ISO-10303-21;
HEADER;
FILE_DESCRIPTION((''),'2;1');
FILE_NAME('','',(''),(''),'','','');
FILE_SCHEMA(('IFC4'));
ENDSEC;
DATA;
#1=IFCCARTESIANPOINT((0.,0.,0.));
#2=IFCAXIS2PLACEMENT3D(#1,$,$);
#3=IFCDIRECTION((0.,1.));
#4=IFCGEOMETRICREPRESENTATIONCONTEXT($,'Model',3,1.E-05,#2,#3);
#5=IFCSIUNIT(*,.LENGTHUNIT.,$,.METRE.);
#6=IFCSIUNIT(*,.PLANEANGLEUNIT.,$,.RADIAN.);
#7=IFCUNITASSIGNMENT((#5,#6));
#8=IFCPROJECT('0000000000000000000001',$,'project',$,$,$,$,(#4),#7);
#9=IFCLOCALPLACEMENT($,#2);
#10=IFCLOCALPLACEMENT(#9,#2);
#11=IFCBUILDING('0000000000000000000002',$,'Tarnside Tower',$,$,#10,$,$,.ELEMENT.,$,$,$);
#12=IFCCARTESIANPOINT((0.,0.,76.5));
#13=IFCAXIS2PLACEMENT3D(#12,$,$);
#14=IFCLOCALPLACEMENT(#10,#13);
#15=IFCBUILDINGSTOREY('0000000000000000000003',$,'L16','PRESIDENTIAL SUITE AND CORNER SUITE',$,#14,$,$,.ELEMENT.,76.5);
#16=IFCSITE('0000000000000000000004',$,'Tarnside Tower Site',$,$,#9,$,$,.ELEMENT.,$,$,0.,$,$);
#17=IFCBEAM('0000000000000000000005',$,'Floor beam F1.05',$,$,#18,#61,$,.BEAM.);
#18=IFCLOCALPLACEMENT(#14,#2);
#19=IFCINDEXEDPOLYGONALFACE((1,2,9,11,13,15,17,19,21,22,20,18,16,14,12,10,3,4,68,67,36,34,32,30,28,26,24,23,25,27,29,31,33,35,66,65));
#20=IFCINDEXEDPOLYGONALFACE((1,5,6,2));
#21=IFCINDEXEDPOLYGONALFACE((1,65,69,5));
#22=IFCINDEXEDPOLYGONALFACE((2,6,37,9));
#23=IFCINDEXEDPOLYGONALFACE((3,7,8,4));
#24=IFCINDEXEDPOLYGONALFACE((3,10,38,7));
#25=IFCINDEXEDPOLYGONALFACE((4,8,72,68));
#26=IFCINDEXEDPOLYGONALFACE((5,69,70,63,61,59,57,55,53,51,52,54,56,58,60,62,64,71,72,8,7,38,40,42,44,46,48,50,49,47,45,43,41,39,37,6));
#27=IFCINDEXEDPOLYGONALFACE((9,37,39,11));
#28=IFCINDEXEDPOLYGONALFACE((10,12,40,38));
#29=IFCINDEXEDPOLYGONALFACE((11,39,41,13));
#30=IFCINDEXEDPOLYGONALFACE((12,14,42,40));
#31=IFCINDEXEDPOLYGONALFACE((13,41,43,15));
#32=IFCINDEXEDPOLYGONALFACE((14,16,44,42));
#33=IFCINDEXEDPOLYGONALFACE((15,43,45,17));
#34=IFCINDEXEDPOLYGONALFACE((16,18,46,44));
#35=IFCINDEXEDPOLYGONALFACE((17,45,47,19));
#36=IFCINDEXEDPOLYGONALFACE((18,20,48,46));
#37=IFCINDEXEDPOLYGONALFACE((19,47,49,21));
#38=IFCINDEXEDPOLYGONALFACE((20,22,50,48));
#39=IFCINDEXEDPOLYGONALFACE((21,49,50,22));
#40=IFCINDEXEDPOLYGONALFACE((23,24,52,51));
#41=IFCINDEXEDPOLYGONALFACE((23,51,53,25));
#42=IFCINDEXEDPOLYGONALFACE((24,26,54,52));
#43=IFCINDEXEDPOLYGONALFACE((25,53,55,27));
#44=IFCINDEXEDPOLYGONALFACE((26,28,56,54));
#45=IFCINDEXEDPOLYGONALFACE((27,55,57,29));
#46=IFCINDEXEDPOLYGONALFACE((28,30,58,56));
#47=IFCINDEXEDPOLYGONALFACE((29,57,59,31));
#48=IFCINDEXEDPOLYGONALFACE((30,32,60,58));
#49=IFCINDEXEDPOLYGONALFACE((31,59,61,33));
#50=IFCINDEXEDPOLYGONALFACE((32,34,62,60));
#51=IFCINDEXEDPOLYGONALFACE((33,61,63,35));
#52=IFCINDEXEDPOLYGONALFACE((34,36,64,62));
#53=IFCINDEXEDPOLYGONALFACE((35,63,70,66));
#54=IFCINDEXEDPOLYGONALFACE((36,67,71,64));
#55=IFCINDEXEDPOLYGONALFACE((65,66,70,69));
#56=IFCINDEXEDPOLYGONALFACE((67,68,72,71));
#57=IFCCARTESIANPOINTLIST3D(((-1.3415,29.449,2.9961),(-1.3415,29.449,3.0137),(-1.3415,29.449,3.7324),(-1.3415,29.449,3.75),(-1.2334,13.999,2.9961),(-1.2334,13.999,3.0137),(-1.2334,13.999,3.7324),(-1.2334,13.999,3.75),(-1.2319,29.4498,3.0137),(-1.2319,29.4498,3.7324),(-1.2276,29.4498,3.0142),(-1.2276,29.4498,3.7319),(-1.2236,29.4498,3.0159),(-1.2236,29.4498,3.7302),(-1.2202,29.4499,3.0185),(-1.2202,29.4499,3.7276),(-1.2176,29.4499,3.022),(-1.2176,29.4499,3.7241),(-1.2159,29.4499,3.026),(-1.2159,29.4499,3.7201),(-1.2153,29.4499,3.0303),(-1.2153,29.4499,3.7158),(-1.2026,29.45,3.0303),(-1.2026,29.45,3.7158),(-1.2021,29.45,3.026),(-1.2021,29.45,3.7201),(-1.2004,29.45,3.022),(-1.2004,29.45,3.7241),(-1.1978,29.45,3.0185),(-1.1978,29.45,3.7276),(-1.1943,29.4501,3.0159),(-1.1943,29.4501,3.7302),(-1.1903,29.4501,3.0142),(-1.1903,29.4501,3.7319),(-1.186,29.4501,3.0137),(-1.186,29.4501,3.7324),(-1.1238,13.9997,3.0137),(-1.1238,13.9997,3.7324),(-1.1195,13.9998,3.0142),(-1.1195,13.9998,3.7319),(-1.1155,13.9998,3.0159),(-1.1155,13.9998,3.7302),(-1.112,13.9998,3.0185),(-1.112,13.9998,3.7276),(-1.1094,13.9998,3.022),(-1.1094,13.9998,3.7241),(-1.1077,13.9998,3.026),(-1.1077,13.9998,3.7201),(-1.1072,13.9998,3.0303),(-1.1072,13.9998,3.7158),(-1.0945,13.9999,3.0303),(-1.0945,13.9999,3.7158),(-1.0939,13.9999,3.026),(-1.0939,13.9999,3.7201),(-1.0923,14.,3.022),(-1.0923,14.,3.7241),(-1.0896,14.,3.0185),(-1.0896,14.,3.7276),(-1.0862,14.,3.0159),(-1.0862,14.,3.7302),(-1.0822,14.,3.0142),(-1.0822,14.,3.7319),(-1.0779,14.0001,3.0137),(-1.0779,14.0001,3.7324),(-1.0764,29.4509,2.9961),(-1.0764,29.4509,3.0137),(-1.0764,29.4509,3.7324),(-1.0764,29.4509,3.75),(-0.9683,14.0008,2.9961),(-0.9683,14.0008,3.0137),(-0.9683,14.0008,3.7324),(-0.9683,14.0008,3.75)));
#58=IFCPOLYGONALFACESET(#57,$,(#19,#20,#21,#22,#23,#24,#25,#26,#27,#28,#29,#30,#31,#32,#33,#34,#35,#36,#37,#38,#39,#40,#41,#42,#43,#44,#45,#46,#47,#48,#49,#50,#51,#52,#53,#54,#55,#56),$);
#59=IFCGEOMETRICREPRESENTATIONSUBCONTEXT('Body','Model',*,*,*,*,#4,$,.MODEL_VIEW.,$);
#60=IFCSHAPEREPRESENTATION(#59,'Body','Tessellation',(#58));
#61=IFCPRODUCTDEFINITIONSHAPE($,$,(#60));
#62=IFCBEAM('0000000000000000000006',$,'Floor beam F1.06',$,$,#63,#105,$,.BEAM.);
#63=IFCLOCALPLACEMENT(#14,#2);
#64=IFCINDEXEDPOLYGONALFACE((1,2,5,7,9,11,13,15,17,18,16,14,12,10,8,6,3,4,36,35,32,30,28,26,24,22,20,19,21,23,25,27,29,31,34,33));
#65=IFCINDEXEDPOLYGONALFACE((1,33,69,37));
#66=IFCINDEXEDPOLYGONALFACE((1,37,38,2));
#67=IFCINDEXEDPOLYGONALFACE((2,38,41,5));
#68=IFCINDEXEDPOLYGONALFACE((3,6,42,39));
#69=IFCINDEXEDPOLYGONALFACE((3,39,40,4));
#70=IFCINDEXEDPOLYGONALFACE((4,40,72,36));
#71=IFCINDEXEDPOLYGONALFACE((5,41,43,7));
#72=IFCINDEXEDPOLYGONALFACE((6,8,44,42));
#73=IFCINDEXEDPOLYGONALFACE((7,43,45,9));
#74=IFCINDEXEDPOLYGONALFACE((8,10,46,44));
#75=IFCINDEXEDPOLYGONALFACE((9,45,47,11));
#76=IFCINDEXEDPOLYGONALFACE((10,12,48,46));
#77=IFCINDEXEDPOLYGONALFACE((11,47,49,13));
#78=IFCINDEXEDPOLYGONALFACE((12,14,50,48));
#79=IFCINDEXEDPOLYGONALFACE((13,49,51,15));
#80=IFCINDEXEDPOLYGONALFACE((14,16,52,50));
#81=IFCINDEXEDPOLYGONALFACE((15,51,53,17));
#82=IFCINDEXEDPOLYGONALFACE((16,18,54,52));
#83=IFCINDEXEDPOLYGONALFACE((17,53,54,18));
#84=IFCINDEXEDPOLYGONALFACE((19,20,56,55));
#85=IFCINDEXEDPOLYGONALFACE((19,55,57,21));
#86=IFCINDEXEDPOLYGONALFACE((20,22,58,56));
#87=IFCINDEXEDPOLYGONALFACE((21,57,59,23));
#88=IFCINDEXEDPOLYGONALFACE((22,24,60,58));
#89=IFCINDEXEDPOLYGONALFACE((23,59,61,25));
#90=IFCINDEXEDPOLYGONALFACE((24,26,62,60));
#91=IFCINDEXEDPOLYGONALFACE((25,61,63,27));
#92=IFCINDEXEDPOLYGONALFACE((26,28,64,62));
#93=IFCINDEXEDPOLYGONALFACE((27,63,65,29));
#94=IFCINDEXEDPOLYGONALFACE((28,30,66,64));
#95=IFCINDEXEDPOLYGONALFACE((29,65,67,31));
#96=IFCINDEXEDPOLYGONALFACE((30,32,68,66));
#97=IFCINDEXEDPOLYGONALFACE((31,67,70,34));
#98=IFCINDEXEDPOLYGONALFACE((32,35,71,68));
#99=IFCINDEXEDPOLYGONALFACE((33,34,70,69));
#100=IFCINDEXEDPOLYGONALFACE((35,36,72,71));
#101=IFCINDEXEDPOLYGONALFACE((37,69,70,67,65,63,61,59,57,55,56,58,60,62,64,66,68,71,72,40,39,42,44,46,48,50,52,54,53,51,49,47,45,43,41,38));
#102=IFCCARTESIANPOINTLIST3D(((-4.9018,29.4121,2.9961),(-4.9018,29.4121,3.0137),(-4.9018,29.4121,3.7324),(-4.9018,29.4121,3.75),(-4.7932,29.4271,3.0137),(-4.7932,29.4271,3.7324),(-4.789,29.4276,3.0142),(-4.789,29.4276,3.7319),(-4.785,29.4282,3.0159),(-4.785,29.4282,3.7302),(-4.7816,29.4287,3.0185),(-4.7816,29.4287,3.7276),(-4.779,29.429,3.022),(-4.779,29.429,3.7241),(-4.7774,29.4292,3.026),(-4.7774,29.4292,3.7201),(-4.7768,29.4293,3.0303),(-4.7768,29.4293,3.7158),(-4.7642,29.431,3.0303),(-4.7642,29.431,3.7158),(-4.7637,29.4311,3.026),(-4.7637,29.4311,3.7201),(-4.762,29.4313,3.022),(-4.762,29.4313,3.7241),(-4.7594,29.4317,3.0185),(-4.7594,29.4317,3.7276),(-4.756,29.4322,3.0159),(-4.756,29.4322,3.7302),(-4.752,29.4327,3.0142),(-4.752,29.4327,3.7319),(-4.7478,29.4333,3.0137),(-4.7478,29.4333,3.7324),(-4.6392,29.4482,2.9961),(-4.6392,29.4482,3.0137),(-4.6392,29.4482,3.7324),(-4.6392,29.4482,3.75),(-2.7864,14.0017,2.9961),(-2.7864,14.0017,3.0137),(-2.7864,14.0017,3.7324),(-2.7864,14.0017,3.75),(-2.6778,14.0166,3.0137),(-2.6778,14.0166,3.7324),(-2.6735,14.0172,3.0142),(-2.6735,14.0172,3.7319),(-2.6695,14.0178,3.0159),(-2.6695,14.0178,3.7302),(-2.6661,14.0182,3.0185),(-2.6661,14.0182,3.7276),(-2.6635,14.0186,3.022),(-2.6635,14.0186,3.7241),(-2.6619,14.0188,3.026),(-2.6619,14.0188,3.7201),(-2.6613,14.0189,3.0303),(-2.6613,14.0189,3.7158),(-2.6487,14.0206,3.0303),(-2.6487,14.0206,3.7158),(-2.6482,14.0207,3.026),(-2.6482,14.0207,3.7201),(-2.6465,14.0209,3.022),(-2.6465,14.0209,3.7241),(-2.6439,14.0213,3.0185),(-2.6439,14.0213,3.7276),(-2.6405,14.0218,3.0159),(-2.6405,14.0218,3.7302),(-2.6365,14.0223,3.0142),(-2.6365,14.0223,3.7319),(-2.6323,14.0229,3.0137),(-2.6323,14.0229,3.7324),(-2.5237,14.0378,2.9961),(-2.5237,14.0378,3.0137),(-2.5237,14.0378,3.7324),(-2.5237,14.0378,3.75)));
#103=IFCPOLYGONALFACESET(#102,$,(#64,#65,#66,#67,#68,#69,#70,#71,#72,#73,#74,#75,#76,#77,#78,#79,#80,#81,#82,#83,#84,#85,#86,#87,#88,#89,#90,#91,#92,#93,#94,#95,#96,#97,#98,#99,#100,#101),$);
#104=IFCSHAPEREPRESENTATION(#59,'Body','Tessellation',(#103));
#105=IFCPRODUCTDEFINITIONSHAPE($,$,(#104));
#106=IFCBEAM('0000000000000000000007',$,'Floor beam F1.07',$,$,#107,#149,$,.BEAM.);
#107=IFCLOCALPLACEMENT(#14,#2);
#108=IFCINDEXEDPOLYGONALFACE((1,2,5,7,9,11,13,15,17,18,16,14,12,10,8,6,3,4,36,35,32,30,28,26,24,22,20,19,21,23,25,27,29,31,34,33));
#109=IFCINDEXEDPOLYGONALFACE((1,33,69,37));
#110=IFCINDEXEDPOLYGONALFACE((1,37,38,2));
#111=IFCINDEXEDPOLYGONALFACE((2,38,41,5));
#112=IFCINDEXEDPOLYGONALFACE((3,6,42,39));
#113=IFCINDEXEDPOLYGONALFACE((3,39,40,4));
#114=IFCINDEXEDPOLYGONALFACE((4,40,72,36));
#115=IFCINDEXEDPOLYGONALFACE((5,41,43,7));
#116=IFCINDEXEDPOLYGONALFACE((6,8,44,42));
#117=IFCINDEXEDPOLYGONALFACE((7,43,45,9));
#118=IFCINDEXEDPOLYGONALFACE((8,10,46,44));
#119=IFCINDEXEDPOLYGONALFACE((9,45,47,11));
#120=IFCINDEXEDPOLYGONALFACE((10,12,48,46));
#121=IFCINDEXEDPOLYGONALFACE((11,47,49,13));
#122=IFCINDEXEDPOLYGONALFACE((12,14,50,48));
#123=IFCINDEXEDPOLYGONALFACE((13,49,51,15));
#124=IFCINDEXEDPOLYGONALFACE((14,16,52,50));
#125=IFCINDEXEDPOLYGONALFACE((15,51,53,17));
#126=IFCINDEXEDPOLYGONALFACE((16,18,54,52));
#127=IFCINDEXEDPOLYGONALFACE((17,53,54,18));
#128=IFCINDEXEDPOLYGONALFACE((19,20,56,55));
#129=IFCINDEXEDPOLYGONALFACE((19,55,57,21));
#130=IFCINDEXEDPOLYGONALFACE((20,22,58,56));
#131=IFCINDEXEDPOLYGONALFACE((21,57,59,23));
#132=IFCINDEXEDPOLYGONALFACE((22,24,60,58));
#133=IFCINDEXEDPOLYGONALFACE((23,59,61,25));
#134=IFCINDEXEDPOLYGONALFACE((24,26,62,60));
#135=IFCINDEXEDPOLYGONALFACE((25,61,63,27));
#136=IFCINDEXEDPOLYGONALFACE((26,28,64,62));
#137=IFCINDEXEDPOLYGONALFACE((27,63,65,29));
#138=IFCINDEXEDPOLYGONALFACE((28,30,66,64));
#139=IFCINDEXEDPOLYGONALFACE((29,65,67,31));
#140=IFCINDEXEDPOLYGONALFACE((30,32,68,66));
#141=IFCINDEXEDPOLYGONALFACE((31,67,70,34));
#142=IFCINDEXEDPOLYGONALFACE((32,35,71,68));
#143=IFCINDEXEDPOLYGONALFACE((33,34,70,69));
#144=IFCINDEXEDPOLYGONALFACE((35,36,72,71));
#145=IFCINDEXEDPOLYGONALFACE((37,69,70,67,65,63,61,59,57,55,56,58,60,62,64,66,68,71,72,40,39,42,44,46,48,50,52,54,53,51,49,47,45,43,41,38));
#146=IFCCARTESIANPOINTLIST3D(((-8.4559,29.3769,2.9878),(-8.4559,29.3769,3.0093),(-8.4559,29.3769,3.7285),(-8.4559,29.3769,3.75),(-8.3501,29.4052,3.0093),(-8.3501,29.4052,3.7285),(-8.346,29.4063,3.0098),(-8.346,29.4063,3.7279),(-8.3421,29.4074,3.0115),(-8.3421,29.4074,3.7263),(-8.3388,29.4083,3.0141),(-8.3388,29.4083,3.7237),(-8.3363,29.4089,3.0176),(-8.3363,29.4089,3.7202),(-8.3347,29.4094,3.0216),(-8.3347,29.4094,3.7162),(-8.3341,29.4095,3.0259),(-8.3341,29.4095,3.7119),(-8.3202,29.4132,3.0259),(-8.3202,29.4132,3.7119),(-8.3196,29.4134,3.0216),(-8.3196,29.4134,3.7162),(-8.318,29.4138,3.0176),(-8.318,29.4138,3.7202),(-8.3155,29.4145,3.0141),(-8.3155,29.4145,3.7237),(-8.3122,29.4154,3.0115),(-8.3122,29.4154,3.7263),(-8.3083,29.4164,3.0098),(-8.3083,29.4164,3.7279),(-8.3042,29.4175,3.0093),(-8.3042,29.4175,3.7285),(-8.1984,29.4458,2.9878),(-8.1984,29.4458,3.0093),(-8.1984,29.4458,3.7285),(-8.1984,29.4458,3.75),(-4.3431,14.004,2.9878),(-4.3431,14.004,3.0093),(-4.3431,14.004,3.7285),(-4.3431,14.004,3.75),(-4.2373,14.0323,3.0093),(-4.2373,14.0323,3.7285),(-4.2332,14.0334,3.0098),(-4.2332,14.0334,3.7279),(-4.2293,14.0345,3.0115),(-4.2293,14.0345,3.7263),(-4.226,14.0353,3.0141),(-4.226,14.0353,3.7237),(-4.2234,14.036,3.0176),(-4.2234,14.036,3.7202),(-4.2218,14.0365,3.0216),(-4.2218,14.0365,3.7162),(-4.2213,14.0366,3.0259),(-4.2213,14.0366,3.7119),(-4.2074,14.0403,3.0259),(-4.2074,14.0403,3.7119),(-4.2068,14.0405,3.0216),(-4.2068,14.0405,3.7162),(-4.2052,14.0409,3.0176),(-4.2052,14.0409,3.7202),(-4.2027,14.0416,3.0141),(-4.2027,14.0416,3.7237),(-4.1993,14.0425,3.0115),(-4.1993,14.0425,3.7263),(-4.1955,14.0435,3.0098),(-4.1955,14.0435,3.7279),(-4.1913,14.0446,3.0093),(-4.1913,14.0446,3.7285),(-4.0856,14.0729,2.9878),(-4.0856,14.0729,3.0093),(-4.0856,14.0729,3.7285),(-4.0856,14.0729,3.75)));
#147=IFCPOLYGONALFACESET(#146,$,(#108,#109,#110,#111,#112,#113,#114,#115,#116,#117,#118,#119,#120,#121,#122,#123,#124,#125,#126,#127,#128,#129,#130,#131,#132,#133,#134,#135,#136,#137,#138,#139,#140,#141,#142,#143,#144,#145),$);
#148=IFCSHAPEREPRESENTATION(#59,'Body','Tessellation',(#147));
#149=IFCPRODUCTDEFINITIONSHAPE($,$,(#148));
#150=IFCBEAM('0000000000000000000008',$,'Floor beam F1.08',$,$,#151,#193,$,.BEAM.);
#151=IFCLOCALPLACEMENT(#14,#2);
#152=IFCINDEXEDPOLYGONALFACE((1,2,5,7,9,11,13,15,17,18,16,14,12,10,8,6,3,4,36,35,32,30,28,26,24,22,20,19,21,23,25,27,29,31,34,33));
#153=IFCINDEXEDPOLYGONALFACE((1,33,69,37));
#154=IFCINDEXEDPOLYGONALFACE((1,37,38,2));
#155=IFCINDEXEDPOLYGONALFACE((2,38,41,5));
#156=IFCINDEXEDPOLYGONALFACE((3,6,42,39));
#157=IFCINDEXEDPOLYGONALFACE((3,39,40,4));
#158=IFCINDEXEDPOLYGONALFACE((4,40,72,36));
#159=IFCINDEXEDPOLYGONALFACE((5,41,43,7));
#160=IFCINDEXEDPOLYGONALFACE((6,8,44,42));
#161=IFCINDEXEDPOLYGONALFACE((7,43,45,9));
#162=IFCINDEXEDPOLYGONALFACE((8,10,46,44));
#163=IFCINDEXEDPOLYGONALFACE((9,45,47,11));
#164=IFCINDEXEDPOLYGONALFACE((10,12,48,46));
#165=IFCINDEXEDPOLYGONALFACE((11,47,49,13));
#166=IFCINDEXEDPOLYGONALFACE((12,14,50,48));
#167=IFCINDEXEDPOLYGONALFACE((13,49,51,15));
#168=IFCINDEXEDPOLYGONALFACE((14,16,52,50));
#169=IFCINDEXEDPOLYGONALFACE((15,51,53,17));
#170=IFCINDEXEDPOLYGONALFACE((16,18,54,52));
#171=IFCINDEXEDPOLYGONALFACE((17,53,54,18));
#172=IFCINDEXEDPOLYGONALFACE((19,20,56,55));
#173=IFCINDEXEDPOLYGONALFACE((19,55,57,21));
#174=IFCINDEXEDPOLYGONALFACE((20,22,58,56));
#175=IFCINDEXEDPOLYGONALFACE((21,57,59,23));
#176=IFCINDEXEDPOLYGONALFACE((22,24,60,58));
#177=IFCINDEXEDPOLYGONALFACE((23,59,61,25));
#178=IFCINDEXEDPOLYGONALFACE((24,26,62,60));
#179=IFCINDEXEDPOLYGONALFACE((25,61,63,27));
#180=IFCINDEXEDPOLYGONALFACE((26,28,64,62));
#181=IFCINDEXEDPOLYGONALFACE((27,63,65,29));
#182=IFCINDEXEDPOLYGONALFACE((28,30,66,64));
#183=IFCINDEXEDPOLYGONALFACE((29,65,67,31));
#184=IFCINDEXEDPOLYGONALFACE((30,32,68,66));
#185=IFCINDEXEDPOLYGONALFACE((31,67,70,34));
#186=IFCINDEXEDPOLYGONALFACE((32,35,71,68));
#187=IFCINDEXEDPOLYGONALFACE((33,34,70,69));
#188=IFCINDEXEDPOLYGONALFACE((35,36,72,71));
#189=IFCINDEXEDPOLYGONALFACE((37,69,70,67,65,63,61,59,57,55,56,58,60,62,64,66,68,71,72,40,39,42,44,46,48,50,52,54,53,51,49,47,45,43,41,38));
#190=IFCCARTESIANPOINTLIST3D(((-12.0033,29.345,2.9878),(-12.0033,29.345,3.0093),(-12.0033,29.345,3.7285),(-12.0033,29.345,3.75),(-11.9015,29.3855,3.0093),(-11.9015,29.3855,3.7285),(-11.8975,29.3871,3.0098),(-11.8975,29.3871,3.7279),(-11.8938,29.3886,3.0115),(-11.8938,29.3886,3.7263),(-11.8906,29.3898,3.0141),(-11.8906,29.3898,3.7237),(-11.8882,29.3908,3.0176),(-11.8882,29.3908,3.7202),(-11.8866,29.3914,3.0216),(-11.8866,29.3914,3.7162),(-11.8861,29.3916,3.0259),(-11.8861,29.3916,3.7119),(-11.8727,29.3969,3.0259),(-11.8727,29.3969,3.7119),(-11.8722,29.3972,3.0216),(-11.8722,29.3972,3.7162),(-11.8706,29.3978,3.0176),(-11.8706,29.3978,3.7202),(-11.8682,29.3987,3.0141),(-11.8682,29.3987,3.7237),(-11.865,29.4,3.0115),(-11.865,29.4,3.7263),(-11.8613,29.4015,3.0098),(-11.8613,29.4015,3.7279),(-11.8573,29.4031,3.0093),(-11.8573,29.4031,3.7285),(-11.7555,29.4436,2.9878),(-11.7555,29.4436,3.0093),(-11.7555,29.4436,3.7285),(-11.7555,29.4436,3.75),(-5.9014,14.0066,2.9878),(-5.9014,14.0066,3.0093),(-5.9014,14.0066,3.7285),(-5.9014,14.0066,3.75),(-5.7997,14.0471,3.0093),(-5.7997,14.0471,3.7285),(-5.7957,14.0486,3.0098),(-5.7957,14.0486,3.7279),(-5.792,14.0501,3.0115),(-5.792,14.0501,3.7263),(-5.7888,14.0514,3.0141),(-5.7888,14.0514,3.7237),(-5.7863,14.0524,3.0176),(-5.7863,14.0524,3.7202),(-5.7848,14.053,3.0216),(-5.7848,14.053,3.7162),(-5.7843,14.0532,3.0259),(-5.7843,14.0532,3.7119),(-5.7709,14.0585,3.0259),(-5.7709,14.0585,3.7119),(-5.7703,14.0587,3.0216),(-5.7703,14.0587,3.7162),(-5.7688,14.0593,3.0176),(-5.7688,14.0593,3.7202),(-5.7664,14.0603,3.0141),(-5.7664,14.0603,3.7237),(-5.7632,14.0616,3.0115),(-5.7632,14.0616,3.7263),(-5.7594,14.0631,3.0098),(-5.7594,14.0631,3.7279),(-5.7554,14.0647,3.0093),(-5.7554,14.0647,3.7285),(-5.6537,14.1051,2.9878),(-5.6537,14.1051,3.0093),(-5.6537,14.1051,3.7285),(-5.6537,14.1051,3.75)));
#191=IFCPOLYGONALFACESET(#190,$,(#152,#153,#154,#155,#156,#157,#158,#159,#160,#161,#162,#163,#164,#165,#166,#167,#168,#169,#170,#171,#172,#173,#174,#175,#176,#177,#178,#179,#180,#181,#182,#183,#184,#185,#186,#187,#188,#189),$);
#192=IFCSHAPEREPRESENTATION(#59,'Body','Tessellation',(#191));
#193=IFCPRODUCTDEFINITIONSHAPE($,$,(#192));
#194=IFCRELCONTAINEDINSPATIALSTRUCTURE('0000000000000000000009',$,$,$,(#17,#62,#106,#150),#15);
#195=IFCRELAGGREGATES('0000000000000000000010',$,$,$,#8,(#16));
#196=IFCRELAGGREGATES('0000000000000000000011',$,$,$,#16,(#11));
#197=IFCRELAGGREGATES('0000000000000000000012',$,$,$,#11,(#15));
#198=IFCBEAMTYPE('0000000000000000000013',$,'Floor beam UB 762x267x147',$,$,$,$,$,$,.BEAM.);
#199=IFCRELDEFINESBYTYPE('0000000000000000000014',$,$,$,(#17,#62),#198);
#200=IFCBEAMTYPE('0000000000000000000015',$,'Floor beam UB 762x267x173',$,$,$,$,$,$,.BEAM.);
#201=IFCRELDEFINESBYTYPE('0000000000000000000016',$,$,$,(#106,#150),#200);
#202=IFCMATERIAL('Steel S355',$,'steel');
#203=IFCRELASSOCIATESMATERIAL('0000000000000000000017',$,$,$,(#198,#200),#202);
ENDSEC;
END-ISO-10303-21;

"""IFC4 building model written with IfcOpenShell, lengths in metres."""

from ifc_helpers import new_model, si_unit, direction, frame, origin, origin_2d, place, context, subcontext, project, spatial, i_section, extrude, material, material_profile, profile_set, type_object, element, save


model = new_model("IFC4")

# Units and contexts
model_context = context("Model", 3, precision=1e-05, world=origin(), true_north=direction((0.0, 1.0)))
body_context = subcontext(model_context, "Body", "Model", "MODEL_VIEW")
ifc_project = project(units=[si_unit("LENGTHUNIT", "METRE"), si_unit("PLANEANGLEUNIT", "RADIAN")], contexts=[model_context])

# Site, building, storey
site_placement = place(None, origin())
site = spatial("IfcSite", under=ifc_project, at=site_placement, Name="Tarnside Tower Site", CompositionType="ELEMENT", RefElevation=0.0)
building_placement = place(site_placement, origin())
building = spatial("IfcBuilding", under=site, at=building_placement, Name="Tarnside Tower", CompositionType="ELEMENT")
storey_placement = place(building_placement, frame((0.0, 0.0, 76.5)))
storey = spatial("IfcBuildingStorey", under=building, at=storey_placement, Name="L16", Description="PRESIDENTIAL SUITE AND CORNER SUITE", CompositionType="ELEMENT", Elevation=76.5)

# Beams
ifc_material_1 = material(Name="Steel S355", Category="steel")
ifc_material_profile_1 = material_profile(ifc_material_1, i_section(OverallWidth=0.2651, OverallDepth=0.7539, WebThickness=0.0127, FlangeThickness=0.0176, FilletRadius=0.0166, at=origin_2d()), Name="UB 762x267x147")
ifc_profile_set_1 = profile_set([ifc_material_profile_1], Name="Steel S355")
beam_type_1 = type_object("IfcBeamType", Name="Floor beam UB 762x267x147", PredefinedType="BEAM", material=ifc_profile_set_1)
beam_1_placement = place(storey_placement, frame((-1.209, 29.45, 3.373), z_axis=(0.007, -0.999975, 0.0), x_axis=(0.999975, 0.007, 0.0)))
element("IfcBeam", 1, at=beam_1_placement, inside=storey, type_object=beam_type_1, Name="Floor beam F1.05", PredefinedType="BEAM", context=body_context, shape_type="SweptSolid", body=[
    extrude(i_section(OverallWidth=0.2651, OverallDepth=0.7539, WebThickness=0.0127, FlangeThickness=0.0176, FilletRadius=0.0166, at=origin_2d()), origin(), (0.0, 0.0, 1.0), 15.4504),
])
beam_2_placement = place(storey_placement, frame((-4.7705, 29.4302, 3.373), z_axis=(0.136001, -0.990709, 0.0), x_axis=(0.990709, 0.136001, 0.0)))
element("IfcBeam", 2, at=beam_2_placement, inside=storey, type_object=beam_type_1, Name="Floor beam F1.06", PredefinedType="BEAM", context=body_context, shape_type="SweptSolid", body=[
    extrude(i_section(OverallWidth=0.2651, OverallDepth=0.7539, WebThickness=0.0127, FlangeThickness=0.0176, FilletRadius=0.0166, at=origin_2d()), origin(), (0.0, 0.0, 1.0), 15.5549),
])
ifc_material_profile_2 = material_profile(ifc_material_1, i_section(OverallWidth=0.2666, OverallDepth=0.7622, WebThickness=0.0144, FlangeThickness=0.0215, FilletRadius=0.0166, at=origin_2d()), Name="UB 762x267x173")
ifc_profile_set_2 = profile_set([ifc_material_profile_2], Name="Steel S355")
beam_type_2 = type_object("IfcBeamType", Name="Floor beam UB 762x267x173", PredefinedType="BEAM", material=ifc_profile_set_2)
beam_3_placement = place(storey_placement, frame((-8.3271, 29.4114, 3.3689), z_axis=(0.258447, -0.966025, 0.0), x_axis=(0.966025, 0.258447, 0.0)))
element("IfcBeam", 3, at=beam_3_placement, inside=storey, type_object=beam_type_2, Name="Floor beam F1.07", PredefinedType="BEAM", context=body_context, shape_type="SweptSolid", body=[
    extrude(i_section(OverallWidth=0.2666, OverallDepth=0.7622, WebThickness=0.0144, FlangeThickness=0.0215, FilletRadius=0.0166, at=origin_2d()), origin(), (0.0, 0.0, 1.0), 15.9136),
])
beam_4_placement = place(storey_placement, frame((-11.8794, 29.3943, 3.3689), z_axis=(0.369638, -0.929176, 0.0), x_axis=(0.929176, 0.369638, 0.0)))
element("IfcBeam", 4, at=beam_4_placement, inside=storey, type_object=beam_type_2, Name="Floor beam F1.08", PredefinedType="BEAM", context=body_context, shape_type="SweptSolid", body=[
    extrude(i_section(OverallWidth=0.2666, OverallDepth=0.7622, WebThickness=0.0144, FlangeThickness=0.0215, FilletRadius=0.0166, at=origin_2d()), origin(), (0.0, 0.0, 1.0), 16.5076),
])

save(model, "model.ifc")
